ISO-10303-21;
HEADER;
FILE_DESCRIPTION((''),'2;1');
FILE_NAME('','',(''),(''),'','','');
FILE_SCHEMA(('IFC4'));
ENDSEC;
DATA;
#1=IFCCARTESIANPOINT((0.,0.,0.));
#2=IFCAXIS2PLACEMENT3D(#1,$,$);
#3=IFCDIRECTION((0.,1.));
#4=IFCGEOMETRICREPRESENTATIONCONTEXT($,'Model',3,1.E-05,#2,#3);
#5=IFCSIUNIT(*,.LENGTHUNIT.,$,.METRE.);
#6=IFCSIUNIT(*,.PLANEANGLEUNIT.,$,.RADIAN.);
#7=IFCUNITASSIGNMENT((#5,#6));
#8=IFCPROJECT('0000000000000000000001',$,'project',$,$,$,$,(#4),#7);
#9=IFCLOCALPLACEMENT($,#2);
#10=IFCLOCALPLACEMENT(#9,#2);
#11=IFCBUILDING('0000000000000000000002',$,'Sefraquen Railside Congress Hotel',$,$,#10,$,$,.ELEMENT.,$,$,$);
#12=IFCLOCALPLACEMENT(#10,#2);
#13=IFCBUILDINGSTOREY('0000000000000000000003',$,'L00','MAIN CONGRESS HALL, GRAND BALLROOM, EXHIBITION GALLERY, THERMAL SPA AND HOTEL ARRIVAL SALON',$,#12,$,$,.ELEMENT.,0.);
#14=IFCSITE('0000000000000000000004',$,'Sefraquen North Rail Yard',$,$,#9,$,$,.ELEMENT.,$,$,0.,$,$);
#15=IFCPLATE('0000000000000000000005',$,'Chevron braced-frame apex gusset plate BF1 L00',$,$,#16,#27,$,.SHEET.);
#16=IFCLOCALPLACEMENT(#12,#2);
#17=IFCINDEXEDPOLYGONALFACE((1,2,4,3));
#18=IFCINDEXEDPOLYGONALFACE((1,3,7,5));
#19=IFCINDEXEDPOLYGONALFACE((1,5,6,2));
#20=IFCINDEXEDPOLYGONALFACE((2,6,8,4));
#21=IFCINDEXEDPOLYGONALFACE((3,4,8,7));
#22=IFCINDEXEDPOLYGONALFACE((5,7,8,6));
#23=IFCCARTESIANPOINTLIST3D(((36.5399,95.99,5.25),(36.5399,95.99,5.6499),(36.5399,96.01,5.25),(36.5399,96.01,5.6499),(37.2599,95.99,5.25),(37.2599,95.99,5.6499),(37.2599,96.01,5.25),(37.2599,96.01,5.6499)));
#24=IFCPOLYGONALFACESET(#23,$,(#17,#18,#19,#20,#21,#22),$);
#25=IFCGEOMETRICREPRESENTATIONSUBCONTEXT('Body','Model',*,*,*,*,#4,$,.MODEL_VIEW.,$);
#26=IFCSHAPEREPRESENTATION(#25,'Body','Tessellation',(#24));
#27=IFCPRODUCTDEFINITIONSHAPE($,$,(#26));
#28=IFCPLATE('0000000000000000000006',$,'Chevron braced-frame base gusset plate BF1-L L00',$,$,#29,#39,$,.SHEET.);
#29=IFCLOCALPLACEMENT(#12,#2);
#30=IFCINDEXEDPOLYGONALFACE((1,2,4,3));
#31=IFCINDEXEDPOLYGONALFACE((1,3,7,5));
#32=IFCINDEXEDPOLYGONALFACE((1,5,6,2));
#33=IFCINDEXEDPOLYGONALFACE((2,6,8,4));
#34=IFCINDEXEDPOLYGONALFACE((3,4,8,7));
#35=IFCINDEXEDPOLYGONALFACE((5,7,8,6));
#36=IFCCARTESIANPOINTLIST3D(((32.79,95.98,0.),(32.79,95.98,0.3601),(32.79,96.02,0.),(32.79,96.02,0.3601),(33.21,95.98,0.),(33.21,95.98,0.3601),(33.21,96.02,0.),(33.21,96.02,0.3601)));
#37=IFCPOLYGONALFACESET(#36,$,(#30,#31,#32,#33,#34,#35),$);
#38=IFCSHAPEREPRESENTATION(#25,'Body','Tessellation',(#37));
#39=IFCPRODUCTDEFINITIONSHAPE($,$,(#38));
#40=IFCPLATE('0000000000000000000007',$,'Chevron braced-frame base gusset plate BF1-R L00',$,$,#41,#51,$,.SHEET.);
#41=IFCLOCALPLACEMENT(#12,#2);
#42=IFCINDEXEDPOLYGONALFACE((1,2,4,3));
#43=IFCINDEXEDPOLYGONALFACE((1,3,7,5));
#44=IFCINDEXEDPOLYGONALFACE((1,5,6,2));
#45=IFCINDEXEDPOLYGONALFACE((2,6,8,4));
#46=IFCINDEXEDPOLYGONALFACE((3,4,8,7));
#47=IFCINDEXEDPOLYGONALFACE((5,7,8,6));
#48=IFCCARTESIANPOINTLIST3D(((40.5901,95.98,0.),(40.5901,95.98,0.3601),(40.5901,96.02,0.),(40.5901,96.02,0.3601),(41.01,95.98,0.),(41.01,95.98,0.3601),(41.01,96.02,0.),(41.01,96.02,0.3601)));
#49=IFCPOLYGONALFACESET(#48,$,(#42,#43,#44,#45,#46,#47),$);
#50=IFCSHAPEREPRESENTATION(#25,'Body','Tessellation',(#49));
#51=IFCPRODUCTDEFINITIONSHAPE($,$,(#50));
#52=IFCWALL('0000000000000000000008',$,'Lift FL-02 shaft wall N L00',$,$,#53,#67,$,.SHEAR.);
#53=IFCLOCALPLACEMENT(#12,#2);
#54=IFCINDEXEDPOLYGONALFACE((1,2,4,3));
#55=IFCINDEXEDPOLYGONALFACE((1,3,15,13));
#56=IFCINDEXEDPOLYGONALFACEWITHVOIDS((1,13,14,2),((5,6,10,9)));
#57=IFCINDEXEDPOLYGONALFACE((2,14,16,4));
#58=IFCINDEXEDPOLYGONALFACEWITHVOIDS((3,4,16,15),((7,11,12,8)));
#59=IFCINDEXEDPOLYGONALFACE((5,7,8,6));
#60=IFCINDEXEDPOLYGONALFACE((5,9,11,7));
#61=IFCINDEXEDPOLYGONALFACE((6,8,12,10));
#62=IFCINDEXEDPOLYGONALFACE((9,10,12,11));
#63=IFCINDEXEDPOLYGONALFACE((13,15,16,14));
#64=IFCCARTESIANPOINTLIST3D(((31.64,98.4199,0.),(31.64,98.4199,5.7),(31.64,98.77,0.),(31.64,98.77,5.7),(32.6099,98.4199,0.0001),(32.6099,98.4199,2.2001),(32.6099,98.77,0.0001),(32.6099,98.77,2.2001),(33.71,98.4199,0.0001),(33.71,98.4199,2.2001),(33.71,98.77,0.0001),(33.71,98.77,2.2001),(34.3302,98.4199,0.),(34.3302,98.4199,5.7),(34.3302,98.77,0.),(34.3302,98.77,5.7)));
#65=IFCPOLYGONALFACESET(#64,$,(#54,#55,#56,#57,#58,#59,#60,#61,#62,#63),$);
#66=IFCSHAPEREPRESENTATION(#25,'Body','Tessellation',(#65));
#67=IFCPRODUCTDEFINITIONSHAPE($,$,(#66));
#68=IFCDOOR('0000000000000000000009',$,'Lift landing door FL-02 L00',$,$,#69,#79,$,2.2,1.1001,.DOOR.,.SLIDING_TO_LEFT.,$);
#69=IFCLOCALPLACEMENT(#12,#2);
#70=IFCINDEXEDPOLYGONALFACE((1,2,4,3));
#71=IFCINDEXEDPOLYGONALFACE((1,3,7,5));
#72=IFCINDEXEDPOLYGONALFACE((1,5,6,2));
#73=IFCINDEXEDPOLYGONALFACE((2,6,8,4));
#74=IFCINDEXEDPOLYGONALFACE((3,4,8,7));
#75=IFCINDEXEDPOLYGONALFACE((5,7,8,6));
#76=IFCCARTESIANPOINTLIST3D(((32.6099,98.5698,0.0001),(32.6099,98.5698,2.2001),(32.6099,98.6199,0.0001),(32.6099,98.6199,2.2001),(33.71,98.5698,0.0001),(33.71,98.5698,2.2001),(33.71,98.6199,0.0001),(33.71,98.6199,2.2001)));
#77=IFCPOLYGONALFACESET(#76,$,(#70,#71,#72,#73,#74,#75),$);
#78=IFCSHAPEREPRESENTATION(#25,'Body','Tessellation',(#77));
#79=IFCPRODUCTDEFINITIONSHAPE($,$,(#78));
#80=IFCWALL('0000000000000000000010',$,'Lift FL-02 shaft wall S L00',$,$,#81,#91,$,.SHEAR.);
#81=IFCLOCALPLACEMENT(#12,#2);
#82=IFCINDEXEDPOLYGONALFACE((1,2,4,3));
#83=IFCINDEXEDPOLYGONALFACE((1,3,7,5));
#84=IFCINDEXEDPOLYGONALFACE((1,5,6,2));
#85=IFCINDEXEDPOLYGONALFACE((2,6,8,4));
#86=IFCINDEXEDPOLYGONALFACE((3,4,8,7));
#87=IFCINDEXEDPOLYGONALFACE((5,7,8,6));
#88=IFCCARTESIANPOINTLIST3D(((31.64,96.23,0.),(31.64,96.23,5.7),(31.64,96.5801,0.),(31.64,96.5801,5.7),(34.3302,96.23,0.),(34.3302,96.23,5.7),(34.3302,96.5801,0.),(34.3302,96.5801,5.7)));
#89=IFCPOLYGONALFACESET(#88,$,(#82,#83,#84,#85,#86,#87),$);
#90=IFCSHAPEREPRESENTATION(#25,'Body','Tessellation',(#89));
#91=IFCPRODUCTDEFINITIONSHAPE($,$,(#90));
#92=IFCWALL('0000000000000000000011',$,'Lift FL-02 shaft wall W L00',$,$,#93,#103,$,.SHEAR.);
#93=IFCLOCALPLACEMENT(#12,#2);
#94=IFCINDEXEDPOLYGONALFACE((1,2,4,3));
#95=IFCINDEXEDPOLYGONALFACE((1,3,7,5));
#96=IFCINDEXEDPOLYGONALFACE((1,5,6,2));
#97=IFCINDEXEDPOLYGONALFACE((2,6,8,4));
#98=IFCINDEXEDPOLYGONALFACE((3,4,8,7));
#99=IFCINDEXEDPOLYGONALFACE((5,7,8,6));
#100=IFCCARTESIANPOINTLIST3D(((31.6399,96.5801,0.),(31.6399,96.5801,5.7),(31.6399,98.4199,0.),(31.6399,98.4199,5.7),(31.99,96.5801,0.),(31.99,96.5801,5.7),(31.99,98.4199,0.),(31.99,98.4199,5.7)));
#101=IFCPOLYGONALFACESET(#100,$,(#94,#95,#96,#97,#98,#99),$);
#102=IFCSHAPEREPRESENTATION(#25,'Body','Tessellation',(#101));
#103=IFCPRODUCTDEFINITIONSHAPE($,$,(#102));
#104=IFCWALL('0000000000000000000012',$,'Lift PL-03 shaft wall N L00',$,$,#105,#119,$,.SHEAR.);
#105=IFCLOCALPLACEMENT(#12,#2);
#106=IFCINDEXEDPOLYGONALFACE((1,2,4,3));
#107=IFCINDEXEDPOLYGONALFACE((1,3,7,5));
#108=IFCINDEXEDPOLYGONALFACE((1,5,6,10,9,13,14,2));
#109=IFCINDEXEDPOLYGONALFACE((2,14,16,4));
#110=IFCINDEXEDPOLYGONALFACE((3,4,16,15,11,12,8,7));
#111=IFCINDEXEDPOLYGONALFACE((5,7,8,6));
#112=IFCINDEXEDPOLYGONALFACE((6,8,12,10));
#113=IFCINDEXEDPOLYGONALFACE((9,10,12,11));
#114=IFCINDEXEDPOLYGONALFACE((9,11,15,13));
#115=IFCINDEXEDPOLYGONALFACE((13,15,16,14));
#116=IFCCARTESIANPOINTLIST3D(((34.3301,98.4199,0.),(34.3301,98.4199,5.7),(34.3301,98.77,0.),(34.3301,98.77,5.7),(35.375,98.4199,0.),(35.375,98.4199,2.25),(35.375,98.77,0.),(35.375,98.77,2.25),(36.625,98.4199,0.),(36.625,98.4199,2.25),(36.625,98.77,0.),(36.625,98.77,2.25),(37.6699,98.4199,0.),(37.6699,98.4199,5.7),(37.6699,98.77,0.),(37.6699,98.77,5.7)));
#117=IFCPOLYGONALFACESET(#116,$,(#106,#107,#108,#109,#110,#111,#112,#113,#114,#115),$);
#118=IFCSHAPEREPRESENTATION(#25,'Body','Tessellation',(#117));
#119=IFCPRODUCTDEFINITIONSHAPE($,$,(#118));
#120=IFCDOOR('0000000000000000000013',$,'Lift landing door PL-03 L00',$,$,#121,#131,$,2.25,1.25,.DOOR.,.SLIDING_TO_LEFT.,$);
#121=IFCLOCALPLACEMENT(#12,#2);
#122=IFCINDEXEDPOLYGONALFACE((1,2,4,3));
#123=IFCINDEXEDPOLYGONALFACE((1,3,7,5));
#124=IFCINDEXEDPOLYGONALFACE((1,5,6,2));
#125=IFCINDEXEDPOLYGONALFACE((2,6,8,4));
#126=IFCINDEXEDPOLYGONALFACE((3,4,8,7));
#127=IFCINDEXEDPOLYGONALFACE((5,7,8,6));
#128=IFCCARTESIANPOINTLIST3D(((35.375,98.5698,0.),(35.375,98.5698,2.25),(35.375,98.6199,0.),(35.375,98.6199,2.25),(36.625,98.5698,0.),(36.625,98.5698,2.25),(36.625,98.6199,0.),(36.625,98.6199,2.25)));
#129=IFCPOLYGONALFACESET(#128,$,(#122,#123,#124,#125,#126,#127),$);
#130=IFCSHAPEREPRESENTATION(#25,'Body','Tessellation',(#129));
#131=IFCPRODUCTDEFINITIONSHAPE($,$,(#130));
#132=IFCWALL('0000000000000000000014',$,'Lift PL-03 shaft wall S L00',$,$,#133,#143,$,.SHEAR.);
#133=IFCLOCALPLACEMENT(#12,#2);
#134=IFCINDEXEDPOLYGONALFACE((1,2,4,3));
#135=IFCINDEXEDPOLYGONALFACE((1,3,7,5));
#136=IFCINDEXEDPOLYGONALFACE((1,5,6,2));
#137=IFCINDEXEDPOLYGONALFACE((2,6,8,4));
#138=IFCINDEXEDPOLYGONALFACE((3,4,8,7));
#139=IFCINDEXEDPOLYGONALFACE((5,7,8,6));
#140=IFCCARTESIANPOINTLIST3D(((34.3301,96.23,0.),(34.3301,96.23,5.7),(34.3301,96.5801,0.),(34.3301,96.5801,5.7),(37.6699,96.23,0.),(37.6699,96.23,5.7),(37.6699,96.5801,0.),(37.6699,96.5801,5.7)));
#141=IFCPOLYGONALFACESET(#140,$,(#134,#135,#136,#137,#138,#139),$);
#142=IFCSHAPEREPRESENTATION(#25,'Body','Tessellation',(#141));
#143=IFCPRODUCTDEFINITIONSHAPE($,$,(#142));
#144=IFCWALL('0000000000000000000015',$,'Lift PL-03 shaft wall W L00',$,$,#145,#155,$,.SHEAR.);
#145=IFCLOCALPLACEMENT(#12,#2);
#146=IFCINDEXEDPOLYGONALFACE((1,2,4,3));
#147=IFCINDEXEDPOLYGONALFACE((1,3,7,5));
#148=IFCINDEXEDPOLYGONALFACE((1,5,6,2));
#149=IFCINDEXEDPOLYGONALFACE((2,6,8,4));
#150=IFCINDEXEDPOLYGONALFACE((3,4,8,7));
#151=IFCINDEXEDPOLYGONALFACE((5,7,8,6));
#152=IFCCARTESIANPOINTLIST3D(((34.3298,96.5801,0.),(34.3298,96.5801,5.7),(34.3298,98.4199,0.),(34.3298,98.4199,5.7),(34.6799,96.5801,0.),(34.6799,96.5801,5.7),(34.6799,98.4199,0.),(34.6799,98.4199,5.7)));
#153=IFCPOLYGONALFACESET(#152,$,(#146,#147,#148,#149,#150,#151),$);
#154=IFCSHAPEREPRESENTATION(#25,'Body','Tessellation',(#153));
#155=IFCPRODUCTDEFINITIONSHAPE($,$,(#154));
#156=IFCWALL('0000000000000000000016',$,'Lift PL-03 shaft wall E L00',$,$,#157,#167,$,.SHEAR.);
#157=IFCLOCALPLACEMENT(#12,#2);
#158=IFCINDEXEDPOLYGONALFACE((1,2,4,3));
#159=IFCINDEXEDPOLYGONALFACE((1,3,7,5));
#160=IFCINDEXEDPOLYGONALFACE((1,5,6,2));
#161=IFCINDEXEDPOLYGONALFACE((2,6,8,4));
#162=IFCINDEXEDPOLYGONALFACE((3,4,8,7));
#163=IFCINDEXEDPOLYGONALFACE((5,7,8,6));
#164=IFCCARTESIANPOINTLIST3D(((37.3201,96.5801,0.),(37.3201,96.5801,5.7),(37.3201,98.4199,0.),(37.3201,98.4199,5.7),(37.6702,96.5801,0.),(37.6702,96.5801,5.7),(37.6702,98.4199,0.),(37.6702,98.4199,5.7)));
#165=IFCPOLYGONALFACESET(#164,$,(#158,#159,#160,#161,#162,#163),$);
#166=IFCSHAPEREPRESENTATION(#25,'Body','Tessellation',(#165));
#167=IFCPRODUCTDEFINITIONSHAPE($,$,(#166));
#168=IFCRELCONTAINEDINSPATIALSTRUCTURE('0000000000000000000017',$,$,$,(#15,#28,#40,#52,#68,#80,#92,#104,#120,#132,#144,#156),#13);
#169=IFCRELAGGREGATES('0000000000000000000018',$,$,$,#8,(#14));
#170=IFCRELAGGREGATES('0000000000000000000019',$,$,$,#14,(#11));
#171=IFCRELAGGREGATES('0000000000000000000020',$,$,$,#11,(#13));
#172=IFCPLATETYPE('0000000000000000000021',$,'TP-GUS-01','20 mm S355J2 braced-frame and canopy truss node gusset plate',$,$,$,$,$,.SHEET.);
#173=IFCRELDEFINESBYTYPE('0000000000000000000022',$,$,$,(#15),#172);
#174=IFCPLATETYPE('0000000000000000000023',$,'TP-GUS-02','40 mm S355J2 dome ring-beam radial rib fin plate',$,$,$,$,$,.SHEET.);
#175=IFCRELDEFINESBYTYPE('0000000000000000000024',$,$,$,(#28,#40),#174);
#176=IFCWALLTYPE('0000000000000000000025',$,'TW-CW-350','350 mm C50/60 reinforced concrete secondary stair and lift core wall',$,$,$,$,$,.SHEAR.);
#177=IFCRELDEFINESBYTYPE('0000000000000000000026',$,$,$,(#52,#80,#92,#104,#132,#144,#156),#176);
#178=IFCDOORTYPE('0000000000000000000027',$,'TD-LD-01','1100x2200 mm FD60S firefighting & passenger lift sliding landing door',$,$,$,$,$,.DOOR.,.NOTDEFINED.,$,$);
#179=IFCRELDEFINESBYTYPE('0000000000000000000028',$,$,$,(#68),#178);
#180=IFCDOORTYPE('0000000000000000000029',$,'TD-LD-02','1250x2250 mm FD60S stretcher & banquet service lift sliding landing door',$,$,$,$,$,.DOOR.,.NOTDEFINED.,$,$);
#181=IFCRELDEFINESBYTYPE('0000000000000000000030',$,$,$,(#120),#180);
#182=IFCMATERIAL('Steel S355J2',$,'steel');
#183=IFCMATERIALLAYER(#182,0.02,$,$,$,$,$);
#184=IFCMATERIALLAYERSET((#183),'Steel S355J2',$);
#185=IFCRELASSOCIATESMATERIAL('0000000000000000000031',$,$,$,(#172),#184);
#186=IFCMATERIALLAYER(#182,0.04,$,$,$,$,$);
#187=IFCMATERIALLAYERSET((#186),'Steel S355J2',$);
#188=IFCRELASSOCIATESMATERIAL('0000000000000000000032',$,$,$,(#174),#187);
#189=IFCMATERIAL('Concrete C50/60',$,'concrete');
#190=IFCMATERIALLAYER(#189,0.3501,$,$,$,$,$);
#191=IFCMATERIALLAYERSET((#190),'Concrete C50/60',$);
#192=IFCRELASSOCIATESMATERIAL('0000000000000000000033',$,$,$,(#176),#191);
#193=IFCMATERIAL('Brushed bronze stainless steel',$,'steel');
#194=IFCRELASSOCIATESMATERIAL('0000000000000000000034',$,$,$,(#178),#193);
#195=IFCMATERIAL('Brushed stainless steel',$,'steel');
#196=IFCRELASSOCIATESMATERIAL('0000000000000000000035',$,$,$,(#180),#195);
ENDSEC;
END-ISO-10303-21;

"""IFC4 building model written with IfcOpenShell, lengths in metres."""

from ifc_helpers import new_model, si_unit, direction, frame, frame_2d, origin, origin_2d, place, context, subcontext, project, spatial, rectangle, extrude, material, layer, layer_set, type_object, element, fill, save


model = new_model("IFC4")

# Units and contexts
model_context = context("Model", 3, precision=1e-05, world=origin(), true_north=direction((0.0, 1.0)))
body_context = subcontext(model_context, "Body", "Model", "MODEL_VIEW")
ifc_project = project(units=[si_unit("LENGTHUNIT", "METRE"), si_unit("PLANEANGLEUNIT", "RADIAN")], contexts=[model_context])

# Site, building, storey
site_placement = place(None, origin())
site = spatial("IfcSite", under=ifc_project, at=site_placement, Name="Sefraquen North Rail Yard", CompositionType="ELEMENT", RefElevation=0.0)
building_placement = place(site_placement, origin())
building = spatial("IfcBuilding", under=site, at=building_placement, Name="Sefraquen Railside Congress Hotel", CompositionType="ELEMENT")
storey_placement = place(building_placement, origin())
storey = spatial("IfcBuildingStorey", under=building, at=storey_placement, Name="L00", Description="MAIN CONGRESS HALL, GRAND BALLROOM, EXHIBITION GALLERY, THERMAL SPA AND HOTEL ARRIVAL SALON", CompositionType="ELEMENT", Elevation=0.0)

# Shared definitions
ifc_material_1 = material(Name="Steel S355J2", Category="steel")

# Plates
ifc_layer_1 = layer(ifc_material_1, 0.02)
ifc_layer_set_1 = layer_set([ifc_layer_1], Name="Steel S355J2")
plate_type_1 = type_object("IfcPlateType", Name="TP-GUS-01", Description="20 mm S355J2 braced-frame and canopy truss node gusset plate", PredefinedType="SHEET", material=ifc_layer_set_1)
plate_placement = place(storey_placement, frame((36.8999, 96.0, 5.25), z_axis=(0.0, 0.0, 1.0), x_axis=(1.0, 0.0, 0.0)))
element("IfcPlate", 1, at=plate_placement, inside=storey, type_object=plate_type_1, Name="Chevron braced-frame apex gusset plate BF1 L00", PredefinedType="SHEET", context=body_context, shape_type="SweptSolid", body=[
    extrude(rectangle(XDim=0.72, YDim=0.02, at=origin_2d()), origin(), (0.0, 0.0, 1.0), 0.3999),
])
ifc_layer_2 = layer(ifc_material_1, 0.04)
ifc_layer_set_2 = layer_set([ifc_layer_2], Name="Steel S355J2")
plate_type_2 = type_object("IfcPlateType", Name="TP-GUS-02", Description="40 mm S355J2 dome ring-beam radial rib fin plate", PredefinedType="SHEET", material=ifc_layer_set_2)
for number, where, z_axis, x_axis, name in (
    (2, (33.0, 96.0, 0.0), (0.0, 0.0, 1.0), (1.0, 0.0, 0.0), "Chevron braced-frame base gusset plate BF1-L L00"),
    (3, (40.8, 96.0, 0.0), (0.0, 0.0, 1.0), (1.0, 0.0, 0.0), "Chevron braced-frame base gusset plate BF1-R L00"),
):
    element("IfcPlate", number, at=place(storey_placement, frame(where, z_axis=z_axis, x_axis=x_axis)), inside=storey, type_object=plate_type_2, Name=name, PredefinedType="SHEET", context=body_context, shape_type="SweptSolid", body=[
        extrude(rectangle(XDim=0.4199, YDim=0.04, at=origin_2d()), origin(), (0.0, 0.0, 1.0), 0.3601),
    ])

# Wall, opening, door
ifc_material_2 = material(Name="Concrete C50/60", Category="concrete")
ifc_layer_3 = layer(ifc_material_2, 0.3501)
ifc_layer_set_3 = layer_set([ifc_layer_3], Name="Concrete C50/60")
wall_type_1 = type_object("IfcWallType", Name="TW-CW-350", Description="350 mm C50/60 reinforced concrete secondary stair and lift core wall", PredefinedType="SHEAR", material=ifc_layer_set_3)
wall_1_placement = place(storey_placement, frame((31.6399, 98.595, 0.0), z_axis=(0.0, 0.0, 1.0), x_axis=(1.0, 0.0, 0.0)))
wall_1 = element("IfcWall", 4, at=wall_1_placement, inside=storey, type_object=wall_type_1, Name="Lift FL-02 shaft wall N L00", PredefinedType="SHEAR", context=body_context, shape_type="SweptSolid", body=[
    extrude(rectangle(XDim=2.6902, YDim=0.3501, at=frame_2d((1.3452, 0.0))), origin(), (0.0, 0.0, 1.0), 5.7),
])
opening_1_placement = place(wall_1_placement, frame((0.97, 0.0, 0.0)))
opening_1 = element("IfcOpeningElement", 5, at=opening_1_placement, cuts=wall_1, PredefinedType="OPENING", context=body_context, shape_type="SweptSolid", body=[
    extrude(rectangle(XDim=1.1001, YDim=2.2, at=frame_2d((0.55, 1.1001))), frame((0.0, 0.1851, 0.0), z_axis=(0.0, -1.0, 0.0), x_axis=(1.0, 0.0, 0.0)), (0.0, 0.0, 1.0), 0.3701),
])
ifc_material_3 = material(Name="Brushed bronze stainless steel", Category="steel")
door_type_1 = type_object("IfcDoorType", Name="TD-LD-01", Description="1100x2200 mm FD60S firefighting & passenger lift sliding landing door", OperationType="NOTDEFINED", PredefinedType="DOOR", material=ifc_material_3)
door_1_placement = place(opening_1_placement, origin())
door_1 = element("IfcDoor", 6, at=door_1_placement, inside=storey, type_object=door_type_1, Name="Lift landing door FL-02 L00", OperationType="SLIDING_TO_LEFT", OverallHeight=2.2, OverallWidth=1.1001, PredefinedType="DOOR", context=body_context, shape_type="SweptSolid", body=[
    extrude(rectangle(XDim=1.1001, YDim=2.2, at=frame_2d((0.55, 1.1001))), frame((0.0, 0.0249, 0.0), z_axis=(0.0, -1.0, 0.0), x_axis=(1.0, 0.0, 0.0)), (0.0, 0.0, 1.0), 0.05),
])
fill(opening_1, door_1)

# Walls
wall_2_placement = place(storey_placement, frame((31.6399, 96.405, 0.0), z_axis=(0.0, 0.0, 1.0), x_axis=(1.0, 0.0, 0.0)))
element("IfcWall", 7, at=wall_2_placement, inside=storey, type_object=wall_type_1, Name="Lift FL-02 shaft wall S L00", PredefinedType="SHEAR", context=body_context, shape_type="SweptSolid", body=[
    extrude(rectangle(XDim=2.6902, YDim=0.3501, at=frame_2d((1.3452, 0.0))), origin(), (0.0, 0.0, 1.0), 5.7),
])
wall_3_placement = place(storey_placement, frame((31.8149, 96.5801, 0.0), z_axis=(0.0, 0.0, 1.0), x_axis=(0.0, 1.0, 0.0)))
element("IfcWall", 8, at=wall_3_placement, inside=storey, type_object=wall_type_1, Name="Lift FL-02 shaft wall W L00", PredefinedType="SHEAR", context=body_context, shape_type="SweptSolid", body=[
    extrude(rectangle(XDim=1.8398, YDim=0.3501, at=frame_2d((0.9199, 0.0))), origin(), (0.0, 0.0, 1.0), 5.7),
])

# Wall, opening, door
wall_4_placement = place(storey_placement, frame((34.3301, 98.595, 0.0), z_axis=(0.0, 0.0, 1.0), x_axis=(1.0, 0.0, 0.0)))
wall_4 = element("IfcWall", 9, at=wall_4_placement, inside=storey, type_object=wall_type_1, Name="Lift PL-03 shaft wall N L00", PredefinedType="SHEAR", context=body_context, shape_type="SweptSolid", body=[
    extrude(rectangle(XDim=3.3398, YDim=0.3501, at=frame_2d((1.6699, 0.0))), origin(), (0.0, 0.0, 1.0), 5.7),
])
opening_2_placement = place(wall_4_placement, frame((1.0449, 0.0, 0.0)))
opening_2 = element("IfcOpeningElement", 10, at=opening_2_placement, cuts=wall_4, PredefinedType="OPENING", context=body_context, shape_type="SweptSolid", body=[
    extrude(rectangle(XDim=1.25, YDim=2.25, at=frame_2d((0.625, 1.125))), frame((0.0, 0.1851, 0.0), z_axis=(0.0, -1.0, 0.0), x_axis=(1.0, 0.0, 0.0)), (0.0, 0.0, 1.0), 0.3701),
])
ifc_material_4 = material(Name="Brushed stainless steel", Category="steel")
door_type_2 = type_object("IfcDoorType", Name="TD-LD-02", Description="1250x2250 mm FD60S stretcher & banquet service lift sliding landing door", OperationType="NOTDEFINED", PredefinedType="DOOR", material=ifc_material_4)
door_2_placement = place(opening_2_placement, origin())
door_2 = element("IfcDoor", 11, at=door_2_placement, inside=storey, type_object=door_type_2, Name="Lift landing door PL-03 L00", OperationType="SLIDING_TO_LEFT", OverallHeight=2.25, OverallWidth=1.25, PredefinedType="DOOR", context=body_context, shape_type="SweptSolid", body=[
    extrude(rectangle(XDim=1.25, YDim=2.25, at=frame_2d((0.625, 1.125))), frame((0.0, 0.0249, 0.0), z_axis=(0.0, -1.0, 0.0), x_axis=(1.0, 0.0, 0.0)), (0.0, 0.0, 1.0), 0.05),
])
fill(opening_2, door_2)

# Walls
wall_5_placement = place(storey_placement, frame((34.3301, 96.405, 0.0), z_axis=(0.0, 0.0, 1.0), x_axis=(1.0, 0.0, 0.0)))
element("IfcWall", 12, at=wall_5_placement, inside=storey, type_object=wall_type_1, Name="Lift PL-03 shaft wall S L00", PredefinedType="SHEAR", context=body_context, shape_type="SweptSolid", body=[
    extrude(rectangle(XDim=3.3398, YDim=0.3501, at=frame_2d((1.6699, 0.0))), origin(), (0.0, 0.0, 1.0), 5.7),
])
for number, where, z_axis, x_axis, name in (
    (13, (34.5049, 96.5801, 0.0), (0.0, 0.0, 1.0), (0.0, 1.0, 0.0), "Lift PL-03 shaft wall W L00"),
    (14, (37.4951, 96.5801, 0.0), (0.0, 0.0, 1.0), (0.0, 1.0, 0.0), "Lift PL-03 shaft wall E L00"),
):
    element("IfcWall", number, at=place(storey_placement, frame(where, z_axis=z_axis, x_axis=x_axis)), inside=storey, type_object=wall_type_1, Name=name, PredefinedType="SHEAR", context=body_context, shape_type="SweptSolid", body=[
        extrude(rectangle(XDim=1.8398, YDim=0.3501, at=frame_2d((0.9199, 0.0))), origin(), (0.0, 0.0, 1.0), 5.7),
    ])

save(model, "model.ifc")
